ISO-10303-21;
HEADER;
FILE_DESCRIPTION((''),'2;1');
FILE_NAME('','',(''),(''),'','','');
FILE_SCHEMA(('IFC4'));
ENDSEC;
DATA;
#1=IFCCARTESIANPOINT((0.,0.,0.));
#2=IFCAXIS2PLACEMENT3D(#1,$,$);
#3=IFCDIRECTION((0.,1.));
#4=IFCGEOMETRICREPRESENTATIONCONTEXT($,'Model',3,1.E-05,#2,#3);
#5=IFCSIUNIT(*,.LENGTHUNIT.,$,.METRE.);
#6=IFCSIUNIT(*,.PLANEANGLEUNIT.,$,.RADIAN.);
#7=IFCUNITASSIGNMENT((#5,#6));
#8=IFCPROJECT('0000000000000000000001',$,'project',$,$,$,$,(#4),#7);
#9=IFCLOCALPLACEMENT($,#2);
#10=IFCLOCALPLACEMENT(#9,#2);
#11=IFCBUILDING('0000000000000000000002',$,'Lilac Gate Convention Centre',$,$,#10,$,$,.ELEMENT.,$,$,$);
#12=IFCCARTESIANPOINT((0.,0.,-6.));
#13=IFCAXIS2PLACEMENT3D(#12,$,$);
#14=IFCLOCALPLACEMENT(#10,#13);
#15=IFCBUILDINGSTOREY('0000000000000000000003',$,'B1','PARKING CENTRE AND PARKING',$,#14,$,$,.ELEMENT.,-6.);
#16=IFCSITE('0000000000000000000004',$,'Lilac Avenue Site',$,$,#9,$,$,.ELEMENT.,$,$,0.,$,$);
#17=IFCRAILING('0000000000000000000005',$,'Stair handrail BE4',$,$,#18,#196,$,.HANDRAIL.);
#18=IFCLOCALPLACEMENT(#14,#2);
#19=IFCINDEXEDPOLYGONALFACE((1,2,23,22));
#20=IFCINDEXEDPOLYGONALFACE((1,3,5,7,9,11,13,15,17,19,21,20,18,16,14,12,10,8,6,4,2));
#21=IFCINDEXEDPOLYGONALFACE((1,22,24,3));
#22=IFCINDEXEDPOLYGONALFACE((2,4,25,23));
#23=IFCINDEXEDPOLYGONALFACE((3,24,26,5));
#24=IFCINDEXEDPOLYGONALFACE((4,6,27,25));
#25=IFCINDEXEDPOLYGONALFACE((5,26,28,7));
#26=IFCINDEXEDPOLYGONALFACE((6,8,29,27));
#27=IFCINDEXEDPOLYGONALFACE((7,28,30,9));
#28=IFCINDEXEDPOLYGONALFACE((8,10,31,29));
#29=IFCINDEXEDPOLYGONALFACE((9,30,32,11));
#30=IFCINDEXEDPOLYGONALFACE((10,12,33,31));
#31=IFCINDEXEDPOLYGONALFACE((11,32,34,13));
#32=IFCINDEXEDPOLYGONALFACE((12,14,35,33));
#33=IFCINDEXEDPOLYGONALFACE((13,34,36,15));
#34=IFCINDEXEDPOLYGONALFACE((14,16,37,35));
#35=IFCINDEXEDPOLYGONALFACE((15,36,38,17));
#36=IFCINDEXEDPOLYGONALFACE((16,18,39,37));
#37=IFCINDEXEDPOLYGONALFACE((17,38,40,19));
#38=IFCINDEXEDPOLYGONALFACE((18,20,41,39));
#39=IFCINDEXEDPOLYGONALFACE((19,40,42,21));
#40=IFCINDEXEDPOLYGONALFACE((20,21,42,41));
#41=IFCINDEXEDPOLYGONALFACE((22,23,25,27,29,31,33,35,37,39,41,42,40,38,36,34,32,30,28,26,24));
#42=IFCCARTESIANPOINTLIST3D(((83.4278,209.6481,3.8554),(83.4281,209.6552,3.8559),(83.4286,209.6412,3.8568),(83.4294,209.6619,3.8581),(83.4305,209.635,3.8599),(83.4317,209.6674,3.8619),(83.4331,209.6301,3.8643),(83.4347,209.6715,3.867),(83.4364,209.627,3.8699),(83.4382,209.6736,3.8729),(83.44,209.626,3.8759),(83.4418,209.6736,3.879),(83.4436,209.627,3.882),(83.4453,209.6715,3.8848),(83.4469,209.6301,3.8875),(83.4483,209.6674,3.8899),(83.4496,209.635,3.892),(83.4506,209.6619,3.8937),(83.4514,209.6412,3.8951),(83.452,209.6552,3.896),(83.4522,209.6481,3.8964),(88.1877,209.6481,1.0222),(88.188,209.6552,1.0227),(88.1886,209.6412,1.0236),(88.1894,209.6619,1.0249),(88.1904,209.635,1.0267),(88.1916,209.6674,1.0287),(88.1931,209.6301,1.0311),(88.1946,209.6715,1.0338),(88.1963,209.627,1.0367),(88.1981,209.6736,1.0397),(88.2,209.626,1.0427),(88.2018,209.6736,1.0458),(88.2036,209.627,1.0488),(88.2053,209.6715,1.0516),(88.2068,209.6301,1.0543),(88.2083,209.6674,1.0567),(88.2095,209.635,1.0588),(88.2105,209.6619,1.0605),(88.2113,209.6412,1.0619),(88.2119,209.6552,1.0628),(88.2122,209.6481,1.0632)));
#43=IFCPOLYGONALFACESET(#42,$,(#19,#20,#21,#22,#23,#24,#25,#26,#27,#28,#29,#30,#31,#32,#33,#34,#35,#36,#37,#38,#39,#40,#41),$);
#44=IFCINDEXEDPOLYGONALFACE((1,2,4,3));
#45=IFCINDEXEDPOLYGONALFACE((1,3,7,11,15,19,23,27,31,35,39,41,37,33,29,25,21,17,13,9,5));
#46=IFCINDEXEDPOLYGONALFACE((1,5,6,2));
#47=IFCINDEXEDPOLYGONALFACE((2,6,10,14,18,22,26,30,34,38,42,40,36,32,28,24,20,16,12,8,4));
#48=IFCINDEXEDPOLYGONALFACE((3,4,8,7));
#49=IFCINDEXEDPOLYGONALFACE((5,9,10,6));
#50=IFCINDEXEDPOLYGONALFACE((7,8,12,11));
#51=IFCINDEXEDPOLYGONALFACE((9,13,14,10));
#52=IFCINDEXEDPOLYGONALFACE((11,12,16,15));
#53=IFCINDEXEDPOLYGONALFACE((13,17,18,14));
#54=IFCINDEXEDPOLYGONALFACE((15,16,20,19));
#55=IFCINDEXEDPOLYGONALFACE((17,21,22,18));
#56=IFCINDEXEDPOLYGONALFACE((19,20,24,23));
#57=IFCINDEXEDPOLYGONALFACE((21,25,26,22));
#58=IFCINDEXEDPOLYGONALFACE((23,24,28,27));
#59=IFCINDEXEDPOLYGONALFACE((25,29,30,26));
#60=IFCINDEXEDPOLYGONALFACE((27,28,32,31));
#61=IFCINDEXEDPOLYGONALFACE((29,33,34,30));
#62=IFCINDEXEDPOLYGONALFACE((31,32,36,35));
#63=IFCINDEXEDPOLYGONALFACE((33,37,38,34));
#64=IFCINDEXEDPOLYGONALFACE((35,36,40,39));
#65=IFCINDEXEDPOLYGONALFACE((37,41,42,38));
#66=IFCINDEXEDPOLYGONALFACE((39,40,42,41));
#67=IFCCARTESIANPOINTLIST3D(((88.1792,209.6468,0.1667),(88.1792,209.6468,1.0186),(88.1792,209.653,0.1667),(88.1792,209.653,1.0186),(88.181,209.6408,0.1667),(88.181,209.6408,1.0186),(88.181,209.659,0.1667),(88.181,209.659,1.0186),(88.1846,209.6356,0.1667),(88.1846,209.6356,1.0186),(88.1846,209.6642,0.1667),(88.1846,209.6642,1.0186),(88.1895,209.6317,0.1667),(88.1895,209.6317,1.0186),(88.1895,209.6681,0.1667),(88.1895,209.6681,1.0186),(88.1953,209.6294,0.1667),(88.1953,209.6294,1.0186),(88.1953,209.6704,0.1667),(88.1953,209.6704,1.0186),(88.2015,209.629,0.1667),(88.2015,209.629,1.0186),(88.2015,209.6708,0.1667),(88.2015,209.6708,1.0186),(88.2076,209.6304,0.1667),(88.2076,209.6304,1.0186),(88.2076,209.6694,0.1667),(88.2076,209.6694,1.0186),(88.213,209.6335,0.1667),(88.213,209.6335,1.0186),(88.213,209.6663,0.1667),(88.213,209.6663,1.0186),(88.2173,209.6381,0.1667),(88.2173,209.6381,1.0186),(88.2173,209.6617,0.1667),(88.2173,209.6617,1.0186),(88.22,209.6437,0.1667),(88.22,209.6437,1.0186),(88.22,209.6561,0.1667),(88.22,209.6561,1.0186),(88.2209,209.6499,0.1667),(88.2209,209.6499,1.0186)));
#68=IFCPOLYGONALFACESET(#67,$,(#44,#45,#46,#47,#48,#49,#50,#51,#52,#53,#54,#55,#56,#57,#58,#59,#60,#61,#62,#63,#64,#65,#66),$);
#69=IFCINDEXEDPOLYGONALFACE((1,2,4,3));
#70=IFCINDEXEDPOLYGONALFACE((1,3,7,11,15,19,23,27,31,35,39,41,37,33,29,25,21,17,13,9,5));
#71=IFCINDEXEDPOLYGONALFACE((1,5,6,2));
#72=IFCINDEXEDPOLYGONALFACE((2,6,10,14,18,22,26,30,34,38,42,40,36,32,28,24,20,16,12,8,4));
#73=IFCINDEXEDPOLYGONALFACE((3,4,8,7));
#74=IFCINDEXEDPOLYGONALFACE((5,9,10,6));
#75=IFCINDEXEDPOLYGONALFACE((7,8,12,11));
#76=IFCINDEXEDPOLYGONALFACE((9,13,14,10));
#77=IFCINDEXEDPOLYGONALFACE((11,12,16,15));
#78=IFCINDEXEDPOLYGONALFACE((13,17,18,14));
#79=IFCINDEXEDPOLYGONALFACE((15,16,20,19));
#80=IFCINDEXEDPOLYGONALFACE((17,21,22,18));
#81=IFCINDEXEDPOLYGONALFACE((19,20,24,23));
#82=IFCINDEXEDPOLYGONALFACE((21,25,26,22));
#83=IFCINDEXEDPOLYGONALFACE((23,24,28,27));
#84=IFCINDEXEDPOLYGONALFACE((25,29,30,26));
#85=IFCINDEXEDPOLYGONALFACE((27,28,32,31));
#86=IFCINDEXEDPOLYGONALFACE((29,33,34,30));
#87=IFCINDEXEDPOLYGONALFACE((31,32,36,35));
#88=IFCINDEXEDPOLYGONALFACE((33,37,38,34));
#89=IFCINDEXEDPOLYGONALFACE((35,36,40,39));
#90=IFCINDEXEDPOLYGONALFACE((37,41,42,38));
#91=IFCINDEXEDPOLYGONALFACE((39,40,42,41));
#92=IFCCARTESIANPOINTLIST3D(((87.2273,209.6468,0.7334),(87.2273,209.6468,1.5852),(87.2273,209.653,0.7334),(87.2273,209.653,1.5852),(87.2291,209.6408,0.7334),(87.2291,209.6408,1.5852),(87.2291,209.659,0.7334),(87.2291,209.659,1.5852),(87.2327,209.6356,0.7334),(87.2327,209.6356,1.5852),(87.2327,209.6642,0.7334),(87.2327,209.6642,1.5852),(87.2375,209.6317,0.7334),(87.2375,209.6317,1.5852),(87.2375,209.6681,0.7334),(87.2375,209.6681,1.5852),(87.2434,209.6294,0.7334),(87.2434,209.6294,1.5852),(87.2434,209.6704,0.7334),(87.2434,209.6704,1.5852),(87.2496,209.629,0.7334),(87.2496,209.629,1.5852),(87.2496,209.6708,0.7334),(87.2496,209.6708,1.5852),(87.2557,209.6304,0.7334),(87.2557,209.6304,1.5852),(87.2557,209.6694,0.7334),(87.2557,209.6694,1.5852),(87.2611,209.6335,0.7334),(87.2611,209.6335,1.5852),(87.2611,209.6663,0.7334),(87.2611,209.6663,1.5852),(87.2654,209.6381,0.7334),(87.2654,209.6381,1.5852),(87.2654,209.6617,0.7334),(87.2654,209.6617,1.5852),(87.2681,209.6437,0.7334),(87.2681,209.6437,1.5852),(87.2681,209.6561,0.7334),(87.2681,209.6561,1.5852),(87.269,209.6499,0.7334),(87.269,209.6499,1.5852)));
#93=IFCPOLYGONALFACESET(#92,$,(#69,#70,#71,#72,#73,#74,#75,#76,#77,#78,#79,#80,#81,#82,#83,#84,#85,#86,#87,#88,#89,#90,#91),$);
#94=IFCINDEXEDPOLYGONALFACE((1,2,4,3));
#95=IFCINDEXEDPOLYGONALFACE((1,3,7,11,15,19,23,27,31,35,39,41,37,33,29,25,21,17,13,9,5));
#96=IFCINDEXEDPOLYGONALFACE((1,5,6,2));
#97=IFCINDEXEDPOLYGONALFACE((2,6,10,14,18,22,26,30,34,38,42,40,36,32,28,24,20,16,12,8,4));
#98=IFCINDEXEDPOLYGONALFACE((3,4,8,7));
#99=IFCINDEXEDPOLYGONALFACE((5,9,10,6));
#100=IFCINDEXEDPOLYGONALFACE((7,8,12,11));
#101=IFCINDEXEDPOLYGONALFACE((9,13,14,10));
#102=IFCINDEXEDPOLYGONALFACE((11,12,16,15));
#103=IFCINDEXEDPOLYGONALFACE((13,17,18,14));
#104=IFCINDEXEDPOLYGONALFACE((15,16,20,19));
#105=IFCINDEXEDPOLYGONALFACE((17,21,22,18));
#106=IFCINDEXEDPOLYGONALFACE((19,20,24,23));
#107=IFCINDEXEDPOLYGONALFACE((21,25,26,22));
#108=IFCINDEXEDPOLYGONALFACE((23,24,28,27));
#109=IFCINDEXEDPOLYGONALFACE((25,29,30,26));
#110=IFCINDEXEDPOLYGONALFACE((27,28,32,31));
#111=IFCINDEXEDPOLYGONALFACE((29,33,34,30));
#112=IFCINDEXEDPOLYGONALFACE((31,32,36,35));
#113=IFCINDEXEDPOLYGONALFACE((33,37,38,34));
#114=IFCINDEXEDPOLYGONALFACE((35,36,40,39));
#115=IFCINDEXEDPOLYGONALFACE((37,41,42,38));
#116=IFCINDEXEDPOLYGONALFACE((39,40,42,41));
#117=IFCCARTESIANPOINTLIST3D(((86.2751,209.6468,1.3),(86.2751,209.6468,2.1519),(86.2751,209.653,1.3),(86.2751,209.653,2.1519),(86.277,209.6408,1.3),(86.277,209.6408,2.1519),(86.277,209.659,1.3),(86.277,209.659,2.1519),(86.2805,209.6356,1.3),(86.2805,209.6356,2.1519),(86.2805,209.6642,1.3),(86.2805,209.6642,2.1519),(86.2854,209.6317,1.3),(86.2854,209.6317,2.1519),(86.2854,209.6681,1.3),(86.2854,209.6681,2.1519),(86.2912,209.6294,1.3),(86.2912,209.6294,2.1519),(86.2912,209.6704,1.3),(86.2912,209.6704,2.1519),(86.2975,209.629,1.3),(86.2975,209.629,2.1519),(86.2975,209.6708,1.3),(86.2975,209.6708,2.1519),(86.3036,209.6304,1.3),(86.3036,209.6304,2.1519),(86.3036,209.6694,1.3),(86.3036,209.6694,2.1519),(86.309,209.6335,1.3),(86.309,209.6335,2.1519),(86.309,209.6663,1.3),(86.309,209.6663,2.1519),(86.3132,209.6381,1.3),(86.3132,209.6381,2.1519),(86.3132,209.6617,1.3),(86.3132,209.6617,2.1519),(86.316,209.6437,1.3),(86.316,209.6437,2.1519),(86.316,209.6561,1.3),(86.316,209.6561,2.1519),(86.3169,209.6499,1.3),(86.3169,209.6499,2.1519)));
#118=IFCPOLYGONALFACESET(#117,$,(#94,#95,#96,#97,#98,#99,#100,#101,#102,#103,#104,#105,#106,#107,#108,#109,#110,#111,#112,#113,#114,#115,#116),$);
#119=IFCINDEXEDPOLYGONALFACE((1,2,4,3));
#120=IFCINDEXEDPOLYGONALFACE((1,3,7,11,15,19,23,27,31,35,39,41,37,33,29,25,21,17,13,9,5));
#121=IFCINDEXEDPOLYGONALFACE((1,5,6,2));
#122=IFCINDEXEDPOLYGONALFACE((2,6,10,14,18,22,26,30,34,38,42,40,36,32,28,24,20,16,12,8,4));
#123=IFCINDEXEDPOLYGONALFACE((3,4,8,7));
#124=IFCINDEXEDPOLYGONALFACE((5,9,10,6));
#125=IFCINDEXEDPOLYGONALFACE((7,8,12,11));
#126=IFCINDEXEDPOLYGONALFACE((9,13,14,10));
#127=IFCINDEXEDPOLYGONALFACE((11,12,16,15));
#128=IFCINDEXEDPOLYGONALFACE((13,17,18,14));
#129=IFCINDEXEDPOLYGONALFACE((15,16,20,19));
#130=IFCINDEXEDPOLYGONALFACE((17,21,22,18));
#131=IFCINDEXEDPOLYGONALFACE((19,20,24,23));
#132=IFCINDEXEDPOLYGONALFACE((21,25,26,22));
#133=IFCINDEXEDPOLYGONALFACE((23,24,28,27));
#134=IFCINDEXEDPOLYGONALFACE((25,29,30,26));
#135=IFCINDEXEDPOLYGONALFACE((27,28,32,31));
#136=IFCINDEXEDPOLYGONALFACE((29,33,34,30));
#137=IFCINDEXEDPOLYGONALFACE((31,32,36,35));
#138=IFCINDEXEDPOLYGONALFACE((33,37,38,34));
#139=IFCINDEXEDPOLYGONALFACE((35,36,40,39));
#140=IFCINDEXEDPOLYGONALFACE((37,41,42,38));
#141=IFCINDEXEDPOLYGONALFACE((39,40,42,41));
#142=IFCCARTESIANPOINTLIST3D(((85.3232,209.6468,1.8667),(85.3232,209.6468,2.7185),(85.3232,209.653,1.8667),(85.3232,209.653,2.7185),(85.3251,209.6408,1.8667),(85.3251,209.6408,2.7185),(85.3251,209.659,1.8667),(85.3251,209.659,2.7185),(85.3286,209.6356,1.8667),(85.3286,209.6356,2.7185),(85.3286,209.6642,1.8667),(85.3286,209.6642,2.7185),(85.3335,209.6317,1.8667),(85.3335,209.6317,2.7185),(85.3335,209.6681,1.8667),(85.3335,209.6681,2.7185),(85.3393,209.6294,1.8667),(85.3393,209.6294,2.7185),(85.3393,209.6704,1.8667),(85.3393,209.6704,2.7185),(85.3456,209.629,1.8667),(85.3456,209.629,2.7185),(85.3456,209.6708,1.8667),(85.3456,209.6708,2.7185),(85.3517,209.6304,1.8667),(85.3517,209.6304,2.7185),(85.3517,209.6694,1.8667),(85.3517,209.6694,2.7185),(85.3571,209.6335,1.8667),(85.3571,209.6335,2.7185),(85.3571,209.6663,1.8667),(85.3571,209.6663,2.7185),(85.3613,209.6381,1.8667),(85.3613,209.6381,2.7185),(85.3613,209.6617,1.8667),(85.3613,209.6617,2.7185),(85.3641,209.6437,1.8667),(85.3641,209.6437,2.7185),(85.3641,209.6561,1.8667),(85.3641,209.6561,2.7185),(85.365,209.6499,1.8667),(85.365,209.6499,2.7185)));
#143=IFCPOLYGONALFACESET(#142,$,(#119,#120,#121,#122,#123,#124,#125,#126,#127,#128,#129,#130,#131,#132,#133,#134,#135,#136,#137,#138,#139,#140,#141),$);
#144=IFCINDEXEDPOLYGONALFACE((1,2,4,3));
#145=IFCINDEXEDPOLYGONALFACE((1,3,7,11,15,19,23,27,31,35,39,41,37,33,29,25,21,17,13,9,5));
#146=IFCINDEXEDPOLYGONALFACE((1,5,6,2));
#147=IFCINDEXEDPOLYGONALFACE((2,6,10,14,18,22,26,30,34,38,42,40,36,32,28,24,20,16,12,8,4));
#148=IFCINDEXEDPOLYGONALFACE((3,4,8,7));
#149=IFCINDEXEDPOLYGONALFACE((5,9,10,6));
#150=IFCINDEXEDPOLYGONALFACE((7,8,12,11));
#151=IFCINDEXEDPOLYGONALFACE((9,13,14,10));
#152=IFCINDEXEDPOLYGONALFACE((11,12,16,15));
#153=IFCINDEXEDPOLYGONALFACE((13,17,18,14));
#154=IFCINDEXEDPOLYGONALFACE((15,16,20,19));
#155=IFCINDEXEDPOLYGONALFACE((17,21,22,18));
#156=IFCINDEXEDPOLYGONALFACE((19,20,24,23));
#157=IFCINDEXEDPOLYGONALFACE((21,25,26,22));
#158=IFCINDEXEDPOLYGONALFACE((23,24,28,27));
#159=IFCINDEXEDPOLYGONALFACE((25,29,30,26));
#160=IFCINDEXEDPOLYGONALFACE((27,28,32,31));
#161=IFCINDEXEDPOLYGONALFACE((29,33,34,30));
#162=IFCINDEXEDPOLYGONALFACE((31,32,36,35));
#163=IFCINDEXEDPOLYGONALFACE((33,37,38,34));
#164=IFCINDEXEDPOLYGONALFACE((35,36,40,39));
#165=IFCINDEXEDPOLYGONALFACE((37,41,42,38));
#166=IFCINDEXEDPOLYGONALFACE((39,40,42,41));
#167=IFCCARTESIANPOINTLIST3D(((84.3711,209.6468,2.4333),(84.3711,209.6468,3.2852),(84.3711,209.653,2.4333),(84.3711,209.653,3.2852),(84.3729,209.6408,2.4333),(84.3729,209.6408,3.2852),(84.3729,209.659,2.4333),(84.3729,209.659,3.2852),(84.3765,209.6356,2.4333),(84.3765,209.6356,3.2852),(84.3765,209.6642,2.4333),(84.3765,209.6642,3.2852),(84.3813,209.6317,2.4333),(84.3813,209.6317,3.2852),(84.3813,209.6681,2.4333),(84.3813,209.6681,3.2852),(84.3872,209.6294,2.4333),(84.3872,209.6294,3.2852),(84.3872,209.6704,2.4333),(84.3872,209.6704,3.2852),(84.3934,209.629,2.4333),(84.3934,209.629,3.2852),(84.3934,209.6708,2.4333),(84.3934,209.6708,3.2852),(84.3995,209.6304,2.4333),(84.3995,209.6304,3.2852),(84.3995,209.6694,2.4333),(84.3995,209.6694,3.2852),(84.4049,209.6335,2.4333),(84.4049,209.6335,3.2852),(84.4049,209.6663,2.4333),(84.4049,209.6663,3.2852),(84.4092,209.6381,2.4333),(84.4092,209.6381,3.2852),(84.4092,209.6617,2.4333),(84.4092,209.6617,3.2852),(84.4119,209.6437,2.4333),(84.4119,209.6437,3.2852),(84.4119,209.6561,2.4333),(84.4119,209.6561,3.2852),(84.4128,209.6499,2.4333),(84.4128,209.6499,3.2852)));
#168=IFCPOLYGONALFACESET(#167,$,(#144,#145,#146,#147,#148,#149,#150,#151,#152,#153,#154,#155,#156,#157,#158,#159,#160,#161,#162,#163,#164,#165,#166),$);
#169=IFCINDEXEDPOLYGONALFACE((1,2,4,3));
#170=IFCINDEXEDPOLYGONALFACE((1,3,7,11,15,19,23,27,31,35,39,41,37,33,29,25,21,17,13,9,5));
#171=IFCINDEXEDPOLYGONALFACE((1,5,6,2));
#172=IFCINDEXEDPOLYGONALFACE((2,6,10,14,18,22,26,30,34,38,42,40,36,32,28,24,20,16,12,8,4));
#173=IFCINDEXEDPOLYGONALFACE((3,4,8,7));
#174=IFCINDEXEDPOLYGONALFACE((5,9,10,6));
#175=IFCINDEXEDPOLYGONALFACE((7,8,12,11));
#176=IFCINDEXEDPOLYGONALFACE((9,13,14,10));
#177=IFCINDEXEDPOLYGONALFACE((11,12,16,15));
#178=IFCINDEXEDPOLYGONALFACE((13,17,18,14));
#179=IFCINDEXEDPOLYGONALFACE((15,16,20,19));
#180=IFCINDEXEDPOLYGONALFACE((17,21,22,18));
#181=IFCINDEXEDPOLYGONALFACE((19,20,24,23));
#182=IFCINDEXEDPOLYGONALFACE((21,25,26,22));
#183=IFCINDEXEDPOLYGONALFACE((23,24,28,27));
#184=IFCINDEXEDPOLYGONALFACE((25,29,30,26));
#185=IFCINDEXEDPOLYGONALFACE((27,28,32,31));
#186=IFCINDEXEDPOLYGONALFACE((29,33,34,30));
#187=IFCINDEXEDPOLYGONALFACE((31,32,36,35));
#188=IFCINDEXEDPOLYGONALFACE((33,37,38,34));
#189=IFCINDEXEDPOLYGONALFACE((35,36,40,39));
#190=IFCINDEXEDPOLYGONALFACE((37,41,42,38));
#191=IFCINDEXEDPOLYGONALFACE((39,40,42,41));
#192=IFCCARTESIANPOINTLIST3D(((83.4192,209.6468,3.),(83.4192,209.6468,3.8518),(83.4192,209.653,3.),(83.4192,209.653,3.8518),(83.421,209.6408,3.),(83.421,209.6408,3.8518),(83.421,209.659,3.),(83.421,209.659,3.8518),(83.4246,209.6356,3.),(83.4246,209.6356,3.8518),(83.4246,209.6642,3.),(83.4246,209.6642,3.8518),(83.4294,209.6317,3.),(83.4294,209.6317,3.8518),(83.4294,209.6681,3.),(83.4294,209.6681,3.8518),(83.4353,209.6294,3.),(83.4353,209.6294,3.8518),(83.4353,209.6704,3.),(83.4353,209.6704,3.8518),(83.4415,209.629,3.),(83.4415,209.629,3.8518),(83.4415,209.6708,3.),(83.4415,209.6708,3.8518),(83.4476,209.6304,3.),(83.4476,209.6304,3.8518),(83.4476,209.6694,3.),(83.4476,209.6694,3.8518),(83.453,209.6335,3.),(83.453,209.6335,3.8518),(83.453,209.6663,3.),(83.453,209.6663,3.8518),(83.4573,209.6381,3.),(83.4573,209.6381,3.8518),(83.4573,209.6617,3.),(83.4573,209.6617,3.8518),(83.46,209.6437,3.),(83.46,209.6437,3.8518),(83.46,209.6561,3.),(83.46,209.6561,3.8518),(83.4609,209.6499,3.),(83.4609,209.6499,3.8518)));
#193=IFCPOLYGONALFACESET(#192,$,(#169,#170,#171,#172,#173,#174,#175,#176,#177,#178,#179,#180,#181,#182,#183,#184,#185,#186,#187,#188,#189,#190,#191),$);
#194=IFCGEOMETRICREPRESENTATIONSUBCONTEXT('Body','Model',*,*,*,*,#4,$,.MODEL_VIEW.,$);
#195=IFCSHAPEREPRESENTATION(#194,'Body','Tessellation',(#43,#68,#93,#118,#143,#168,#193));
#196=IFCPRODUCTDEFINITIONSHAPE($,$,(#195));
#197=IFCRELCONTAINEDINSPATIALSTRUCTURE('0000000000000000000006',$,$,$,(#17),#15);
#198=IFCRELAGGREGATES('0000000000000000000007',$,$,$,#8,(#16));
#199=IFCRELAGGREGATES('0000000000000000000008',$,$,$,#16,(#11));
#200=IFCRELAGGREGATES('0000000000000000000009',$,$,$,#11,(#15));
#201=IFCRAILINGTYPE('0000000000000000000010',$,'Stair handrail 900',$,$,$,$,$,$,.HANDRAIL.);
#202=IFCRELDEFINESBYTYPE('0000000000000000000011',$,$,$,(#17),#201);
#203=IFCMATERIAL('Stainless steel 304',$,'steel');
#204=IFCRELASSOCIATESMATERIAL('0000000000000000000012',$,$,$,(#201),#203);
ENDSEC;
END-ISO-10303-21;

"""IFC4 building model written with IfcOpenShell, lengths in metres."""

from ifc_helpers import new_model, si_unit, direction, frame, origin, origin_2d, place, context, subcontext, project, spatial, circle, extrude, material, type_object, element, save


model = new_model("IFC4")

# Units and contexts
model_context = context("Model", 3, precision=1e-05, world=origin(), true_north=direction((0.0, 1.0)))
body_context = subcontext(model_context, "Body", "Model", "MODEL_VIEW")
ifc_project = project(units=[si_unit("LENGTHUNIT", "METRE"), si_unit("PLANEANGLEUNIT", "RADIAN")], contexts=[model_context])

# Site, building, storey
site_placement = place(None, origin())
site = spatial("IfcSite", under=ifc_project, at=site_placement, Name="Lilac Avenue Site", CompositionType="ELEMENT", RefElevation=0.0)
building_placement = place(site_placement, origin())
building = spatial("IfcBuilding", under=site, at=building_placement, Name="Lilac Gate Convention Centre", CompositionType="ELEMENT")
storey_placement = place(building_placement, frame((0.0, 0.0, -6.0)))
storey = spatial("IfcBuildingStorey", under=building, at=storey_placement, Name="B1", Description="PARKING CENTRE AND PARKING", CompositionType="ELEMENT", Elevation=-6.0)

# Railing
ifc_material_1 = material(Name="Stainless steel 304", Category="steel")
railing_type = type_object("IfcRailingType", Name="Stair handrail 900", PredefinedType="HANDRAIL", material=ifc_material_1)
for number, where, name in (
    (1, (88.2, 209.6499, 0.1667), "Stair handrail BE4"),
):
    element("IfcRailing", number, at=place(storey_placement, frame(where)), inside=storey, type_object=railing_type, Name=name, PredefinedType="HANDRAIL", context=body_context, shape_type="SweptSolid", body=[
        extrude(circle(Radius=0.0239, at=origin_2d()), frame((0.0, 0.0, 0.876), z_axis=(-0.8593, 0.0, 0.511472), x_axis=(0.0, -1.0, 0.0)), (0.0, 0.0, 1.0), 5.5393),
        extrude(circle(Radius=0.021, at=origin_2d()), origin(), (0.0, 0.0, 1.0), 0.8518),
        extrude(circle(Radius=0.021, at=origin_2d()), frame((-0.9519, 0.0, 0.5667)), (0.0, 0.0, 1.0), 0.8518),
        extrude(circle(Radius=0.021, at=origin_2d()), frame((-1.9041, 0.0, 1.1333)), (0.0, 0.0, 1.0), 0.8518),
        extrude(circle(Radius=0.021, at=origin_2d()), frame((-2.856, 0.0, 1.7)), (0.0, 0.0, 1.0), 0.8518),
        extrude(circle(Radius=0.021, at=origin_2d()), frame((-3.8081, 0.0, 2.2666)), (0.0, 0.0, 1.0), 0.8518),
        extrude(circle(Radius=0.021, at=origin_2d()), frame((-4.76, 0.0, 2.8333)), (0.0, 0.0, 1.0), 0.8518),
    ])

save(model, "model.ifc")
